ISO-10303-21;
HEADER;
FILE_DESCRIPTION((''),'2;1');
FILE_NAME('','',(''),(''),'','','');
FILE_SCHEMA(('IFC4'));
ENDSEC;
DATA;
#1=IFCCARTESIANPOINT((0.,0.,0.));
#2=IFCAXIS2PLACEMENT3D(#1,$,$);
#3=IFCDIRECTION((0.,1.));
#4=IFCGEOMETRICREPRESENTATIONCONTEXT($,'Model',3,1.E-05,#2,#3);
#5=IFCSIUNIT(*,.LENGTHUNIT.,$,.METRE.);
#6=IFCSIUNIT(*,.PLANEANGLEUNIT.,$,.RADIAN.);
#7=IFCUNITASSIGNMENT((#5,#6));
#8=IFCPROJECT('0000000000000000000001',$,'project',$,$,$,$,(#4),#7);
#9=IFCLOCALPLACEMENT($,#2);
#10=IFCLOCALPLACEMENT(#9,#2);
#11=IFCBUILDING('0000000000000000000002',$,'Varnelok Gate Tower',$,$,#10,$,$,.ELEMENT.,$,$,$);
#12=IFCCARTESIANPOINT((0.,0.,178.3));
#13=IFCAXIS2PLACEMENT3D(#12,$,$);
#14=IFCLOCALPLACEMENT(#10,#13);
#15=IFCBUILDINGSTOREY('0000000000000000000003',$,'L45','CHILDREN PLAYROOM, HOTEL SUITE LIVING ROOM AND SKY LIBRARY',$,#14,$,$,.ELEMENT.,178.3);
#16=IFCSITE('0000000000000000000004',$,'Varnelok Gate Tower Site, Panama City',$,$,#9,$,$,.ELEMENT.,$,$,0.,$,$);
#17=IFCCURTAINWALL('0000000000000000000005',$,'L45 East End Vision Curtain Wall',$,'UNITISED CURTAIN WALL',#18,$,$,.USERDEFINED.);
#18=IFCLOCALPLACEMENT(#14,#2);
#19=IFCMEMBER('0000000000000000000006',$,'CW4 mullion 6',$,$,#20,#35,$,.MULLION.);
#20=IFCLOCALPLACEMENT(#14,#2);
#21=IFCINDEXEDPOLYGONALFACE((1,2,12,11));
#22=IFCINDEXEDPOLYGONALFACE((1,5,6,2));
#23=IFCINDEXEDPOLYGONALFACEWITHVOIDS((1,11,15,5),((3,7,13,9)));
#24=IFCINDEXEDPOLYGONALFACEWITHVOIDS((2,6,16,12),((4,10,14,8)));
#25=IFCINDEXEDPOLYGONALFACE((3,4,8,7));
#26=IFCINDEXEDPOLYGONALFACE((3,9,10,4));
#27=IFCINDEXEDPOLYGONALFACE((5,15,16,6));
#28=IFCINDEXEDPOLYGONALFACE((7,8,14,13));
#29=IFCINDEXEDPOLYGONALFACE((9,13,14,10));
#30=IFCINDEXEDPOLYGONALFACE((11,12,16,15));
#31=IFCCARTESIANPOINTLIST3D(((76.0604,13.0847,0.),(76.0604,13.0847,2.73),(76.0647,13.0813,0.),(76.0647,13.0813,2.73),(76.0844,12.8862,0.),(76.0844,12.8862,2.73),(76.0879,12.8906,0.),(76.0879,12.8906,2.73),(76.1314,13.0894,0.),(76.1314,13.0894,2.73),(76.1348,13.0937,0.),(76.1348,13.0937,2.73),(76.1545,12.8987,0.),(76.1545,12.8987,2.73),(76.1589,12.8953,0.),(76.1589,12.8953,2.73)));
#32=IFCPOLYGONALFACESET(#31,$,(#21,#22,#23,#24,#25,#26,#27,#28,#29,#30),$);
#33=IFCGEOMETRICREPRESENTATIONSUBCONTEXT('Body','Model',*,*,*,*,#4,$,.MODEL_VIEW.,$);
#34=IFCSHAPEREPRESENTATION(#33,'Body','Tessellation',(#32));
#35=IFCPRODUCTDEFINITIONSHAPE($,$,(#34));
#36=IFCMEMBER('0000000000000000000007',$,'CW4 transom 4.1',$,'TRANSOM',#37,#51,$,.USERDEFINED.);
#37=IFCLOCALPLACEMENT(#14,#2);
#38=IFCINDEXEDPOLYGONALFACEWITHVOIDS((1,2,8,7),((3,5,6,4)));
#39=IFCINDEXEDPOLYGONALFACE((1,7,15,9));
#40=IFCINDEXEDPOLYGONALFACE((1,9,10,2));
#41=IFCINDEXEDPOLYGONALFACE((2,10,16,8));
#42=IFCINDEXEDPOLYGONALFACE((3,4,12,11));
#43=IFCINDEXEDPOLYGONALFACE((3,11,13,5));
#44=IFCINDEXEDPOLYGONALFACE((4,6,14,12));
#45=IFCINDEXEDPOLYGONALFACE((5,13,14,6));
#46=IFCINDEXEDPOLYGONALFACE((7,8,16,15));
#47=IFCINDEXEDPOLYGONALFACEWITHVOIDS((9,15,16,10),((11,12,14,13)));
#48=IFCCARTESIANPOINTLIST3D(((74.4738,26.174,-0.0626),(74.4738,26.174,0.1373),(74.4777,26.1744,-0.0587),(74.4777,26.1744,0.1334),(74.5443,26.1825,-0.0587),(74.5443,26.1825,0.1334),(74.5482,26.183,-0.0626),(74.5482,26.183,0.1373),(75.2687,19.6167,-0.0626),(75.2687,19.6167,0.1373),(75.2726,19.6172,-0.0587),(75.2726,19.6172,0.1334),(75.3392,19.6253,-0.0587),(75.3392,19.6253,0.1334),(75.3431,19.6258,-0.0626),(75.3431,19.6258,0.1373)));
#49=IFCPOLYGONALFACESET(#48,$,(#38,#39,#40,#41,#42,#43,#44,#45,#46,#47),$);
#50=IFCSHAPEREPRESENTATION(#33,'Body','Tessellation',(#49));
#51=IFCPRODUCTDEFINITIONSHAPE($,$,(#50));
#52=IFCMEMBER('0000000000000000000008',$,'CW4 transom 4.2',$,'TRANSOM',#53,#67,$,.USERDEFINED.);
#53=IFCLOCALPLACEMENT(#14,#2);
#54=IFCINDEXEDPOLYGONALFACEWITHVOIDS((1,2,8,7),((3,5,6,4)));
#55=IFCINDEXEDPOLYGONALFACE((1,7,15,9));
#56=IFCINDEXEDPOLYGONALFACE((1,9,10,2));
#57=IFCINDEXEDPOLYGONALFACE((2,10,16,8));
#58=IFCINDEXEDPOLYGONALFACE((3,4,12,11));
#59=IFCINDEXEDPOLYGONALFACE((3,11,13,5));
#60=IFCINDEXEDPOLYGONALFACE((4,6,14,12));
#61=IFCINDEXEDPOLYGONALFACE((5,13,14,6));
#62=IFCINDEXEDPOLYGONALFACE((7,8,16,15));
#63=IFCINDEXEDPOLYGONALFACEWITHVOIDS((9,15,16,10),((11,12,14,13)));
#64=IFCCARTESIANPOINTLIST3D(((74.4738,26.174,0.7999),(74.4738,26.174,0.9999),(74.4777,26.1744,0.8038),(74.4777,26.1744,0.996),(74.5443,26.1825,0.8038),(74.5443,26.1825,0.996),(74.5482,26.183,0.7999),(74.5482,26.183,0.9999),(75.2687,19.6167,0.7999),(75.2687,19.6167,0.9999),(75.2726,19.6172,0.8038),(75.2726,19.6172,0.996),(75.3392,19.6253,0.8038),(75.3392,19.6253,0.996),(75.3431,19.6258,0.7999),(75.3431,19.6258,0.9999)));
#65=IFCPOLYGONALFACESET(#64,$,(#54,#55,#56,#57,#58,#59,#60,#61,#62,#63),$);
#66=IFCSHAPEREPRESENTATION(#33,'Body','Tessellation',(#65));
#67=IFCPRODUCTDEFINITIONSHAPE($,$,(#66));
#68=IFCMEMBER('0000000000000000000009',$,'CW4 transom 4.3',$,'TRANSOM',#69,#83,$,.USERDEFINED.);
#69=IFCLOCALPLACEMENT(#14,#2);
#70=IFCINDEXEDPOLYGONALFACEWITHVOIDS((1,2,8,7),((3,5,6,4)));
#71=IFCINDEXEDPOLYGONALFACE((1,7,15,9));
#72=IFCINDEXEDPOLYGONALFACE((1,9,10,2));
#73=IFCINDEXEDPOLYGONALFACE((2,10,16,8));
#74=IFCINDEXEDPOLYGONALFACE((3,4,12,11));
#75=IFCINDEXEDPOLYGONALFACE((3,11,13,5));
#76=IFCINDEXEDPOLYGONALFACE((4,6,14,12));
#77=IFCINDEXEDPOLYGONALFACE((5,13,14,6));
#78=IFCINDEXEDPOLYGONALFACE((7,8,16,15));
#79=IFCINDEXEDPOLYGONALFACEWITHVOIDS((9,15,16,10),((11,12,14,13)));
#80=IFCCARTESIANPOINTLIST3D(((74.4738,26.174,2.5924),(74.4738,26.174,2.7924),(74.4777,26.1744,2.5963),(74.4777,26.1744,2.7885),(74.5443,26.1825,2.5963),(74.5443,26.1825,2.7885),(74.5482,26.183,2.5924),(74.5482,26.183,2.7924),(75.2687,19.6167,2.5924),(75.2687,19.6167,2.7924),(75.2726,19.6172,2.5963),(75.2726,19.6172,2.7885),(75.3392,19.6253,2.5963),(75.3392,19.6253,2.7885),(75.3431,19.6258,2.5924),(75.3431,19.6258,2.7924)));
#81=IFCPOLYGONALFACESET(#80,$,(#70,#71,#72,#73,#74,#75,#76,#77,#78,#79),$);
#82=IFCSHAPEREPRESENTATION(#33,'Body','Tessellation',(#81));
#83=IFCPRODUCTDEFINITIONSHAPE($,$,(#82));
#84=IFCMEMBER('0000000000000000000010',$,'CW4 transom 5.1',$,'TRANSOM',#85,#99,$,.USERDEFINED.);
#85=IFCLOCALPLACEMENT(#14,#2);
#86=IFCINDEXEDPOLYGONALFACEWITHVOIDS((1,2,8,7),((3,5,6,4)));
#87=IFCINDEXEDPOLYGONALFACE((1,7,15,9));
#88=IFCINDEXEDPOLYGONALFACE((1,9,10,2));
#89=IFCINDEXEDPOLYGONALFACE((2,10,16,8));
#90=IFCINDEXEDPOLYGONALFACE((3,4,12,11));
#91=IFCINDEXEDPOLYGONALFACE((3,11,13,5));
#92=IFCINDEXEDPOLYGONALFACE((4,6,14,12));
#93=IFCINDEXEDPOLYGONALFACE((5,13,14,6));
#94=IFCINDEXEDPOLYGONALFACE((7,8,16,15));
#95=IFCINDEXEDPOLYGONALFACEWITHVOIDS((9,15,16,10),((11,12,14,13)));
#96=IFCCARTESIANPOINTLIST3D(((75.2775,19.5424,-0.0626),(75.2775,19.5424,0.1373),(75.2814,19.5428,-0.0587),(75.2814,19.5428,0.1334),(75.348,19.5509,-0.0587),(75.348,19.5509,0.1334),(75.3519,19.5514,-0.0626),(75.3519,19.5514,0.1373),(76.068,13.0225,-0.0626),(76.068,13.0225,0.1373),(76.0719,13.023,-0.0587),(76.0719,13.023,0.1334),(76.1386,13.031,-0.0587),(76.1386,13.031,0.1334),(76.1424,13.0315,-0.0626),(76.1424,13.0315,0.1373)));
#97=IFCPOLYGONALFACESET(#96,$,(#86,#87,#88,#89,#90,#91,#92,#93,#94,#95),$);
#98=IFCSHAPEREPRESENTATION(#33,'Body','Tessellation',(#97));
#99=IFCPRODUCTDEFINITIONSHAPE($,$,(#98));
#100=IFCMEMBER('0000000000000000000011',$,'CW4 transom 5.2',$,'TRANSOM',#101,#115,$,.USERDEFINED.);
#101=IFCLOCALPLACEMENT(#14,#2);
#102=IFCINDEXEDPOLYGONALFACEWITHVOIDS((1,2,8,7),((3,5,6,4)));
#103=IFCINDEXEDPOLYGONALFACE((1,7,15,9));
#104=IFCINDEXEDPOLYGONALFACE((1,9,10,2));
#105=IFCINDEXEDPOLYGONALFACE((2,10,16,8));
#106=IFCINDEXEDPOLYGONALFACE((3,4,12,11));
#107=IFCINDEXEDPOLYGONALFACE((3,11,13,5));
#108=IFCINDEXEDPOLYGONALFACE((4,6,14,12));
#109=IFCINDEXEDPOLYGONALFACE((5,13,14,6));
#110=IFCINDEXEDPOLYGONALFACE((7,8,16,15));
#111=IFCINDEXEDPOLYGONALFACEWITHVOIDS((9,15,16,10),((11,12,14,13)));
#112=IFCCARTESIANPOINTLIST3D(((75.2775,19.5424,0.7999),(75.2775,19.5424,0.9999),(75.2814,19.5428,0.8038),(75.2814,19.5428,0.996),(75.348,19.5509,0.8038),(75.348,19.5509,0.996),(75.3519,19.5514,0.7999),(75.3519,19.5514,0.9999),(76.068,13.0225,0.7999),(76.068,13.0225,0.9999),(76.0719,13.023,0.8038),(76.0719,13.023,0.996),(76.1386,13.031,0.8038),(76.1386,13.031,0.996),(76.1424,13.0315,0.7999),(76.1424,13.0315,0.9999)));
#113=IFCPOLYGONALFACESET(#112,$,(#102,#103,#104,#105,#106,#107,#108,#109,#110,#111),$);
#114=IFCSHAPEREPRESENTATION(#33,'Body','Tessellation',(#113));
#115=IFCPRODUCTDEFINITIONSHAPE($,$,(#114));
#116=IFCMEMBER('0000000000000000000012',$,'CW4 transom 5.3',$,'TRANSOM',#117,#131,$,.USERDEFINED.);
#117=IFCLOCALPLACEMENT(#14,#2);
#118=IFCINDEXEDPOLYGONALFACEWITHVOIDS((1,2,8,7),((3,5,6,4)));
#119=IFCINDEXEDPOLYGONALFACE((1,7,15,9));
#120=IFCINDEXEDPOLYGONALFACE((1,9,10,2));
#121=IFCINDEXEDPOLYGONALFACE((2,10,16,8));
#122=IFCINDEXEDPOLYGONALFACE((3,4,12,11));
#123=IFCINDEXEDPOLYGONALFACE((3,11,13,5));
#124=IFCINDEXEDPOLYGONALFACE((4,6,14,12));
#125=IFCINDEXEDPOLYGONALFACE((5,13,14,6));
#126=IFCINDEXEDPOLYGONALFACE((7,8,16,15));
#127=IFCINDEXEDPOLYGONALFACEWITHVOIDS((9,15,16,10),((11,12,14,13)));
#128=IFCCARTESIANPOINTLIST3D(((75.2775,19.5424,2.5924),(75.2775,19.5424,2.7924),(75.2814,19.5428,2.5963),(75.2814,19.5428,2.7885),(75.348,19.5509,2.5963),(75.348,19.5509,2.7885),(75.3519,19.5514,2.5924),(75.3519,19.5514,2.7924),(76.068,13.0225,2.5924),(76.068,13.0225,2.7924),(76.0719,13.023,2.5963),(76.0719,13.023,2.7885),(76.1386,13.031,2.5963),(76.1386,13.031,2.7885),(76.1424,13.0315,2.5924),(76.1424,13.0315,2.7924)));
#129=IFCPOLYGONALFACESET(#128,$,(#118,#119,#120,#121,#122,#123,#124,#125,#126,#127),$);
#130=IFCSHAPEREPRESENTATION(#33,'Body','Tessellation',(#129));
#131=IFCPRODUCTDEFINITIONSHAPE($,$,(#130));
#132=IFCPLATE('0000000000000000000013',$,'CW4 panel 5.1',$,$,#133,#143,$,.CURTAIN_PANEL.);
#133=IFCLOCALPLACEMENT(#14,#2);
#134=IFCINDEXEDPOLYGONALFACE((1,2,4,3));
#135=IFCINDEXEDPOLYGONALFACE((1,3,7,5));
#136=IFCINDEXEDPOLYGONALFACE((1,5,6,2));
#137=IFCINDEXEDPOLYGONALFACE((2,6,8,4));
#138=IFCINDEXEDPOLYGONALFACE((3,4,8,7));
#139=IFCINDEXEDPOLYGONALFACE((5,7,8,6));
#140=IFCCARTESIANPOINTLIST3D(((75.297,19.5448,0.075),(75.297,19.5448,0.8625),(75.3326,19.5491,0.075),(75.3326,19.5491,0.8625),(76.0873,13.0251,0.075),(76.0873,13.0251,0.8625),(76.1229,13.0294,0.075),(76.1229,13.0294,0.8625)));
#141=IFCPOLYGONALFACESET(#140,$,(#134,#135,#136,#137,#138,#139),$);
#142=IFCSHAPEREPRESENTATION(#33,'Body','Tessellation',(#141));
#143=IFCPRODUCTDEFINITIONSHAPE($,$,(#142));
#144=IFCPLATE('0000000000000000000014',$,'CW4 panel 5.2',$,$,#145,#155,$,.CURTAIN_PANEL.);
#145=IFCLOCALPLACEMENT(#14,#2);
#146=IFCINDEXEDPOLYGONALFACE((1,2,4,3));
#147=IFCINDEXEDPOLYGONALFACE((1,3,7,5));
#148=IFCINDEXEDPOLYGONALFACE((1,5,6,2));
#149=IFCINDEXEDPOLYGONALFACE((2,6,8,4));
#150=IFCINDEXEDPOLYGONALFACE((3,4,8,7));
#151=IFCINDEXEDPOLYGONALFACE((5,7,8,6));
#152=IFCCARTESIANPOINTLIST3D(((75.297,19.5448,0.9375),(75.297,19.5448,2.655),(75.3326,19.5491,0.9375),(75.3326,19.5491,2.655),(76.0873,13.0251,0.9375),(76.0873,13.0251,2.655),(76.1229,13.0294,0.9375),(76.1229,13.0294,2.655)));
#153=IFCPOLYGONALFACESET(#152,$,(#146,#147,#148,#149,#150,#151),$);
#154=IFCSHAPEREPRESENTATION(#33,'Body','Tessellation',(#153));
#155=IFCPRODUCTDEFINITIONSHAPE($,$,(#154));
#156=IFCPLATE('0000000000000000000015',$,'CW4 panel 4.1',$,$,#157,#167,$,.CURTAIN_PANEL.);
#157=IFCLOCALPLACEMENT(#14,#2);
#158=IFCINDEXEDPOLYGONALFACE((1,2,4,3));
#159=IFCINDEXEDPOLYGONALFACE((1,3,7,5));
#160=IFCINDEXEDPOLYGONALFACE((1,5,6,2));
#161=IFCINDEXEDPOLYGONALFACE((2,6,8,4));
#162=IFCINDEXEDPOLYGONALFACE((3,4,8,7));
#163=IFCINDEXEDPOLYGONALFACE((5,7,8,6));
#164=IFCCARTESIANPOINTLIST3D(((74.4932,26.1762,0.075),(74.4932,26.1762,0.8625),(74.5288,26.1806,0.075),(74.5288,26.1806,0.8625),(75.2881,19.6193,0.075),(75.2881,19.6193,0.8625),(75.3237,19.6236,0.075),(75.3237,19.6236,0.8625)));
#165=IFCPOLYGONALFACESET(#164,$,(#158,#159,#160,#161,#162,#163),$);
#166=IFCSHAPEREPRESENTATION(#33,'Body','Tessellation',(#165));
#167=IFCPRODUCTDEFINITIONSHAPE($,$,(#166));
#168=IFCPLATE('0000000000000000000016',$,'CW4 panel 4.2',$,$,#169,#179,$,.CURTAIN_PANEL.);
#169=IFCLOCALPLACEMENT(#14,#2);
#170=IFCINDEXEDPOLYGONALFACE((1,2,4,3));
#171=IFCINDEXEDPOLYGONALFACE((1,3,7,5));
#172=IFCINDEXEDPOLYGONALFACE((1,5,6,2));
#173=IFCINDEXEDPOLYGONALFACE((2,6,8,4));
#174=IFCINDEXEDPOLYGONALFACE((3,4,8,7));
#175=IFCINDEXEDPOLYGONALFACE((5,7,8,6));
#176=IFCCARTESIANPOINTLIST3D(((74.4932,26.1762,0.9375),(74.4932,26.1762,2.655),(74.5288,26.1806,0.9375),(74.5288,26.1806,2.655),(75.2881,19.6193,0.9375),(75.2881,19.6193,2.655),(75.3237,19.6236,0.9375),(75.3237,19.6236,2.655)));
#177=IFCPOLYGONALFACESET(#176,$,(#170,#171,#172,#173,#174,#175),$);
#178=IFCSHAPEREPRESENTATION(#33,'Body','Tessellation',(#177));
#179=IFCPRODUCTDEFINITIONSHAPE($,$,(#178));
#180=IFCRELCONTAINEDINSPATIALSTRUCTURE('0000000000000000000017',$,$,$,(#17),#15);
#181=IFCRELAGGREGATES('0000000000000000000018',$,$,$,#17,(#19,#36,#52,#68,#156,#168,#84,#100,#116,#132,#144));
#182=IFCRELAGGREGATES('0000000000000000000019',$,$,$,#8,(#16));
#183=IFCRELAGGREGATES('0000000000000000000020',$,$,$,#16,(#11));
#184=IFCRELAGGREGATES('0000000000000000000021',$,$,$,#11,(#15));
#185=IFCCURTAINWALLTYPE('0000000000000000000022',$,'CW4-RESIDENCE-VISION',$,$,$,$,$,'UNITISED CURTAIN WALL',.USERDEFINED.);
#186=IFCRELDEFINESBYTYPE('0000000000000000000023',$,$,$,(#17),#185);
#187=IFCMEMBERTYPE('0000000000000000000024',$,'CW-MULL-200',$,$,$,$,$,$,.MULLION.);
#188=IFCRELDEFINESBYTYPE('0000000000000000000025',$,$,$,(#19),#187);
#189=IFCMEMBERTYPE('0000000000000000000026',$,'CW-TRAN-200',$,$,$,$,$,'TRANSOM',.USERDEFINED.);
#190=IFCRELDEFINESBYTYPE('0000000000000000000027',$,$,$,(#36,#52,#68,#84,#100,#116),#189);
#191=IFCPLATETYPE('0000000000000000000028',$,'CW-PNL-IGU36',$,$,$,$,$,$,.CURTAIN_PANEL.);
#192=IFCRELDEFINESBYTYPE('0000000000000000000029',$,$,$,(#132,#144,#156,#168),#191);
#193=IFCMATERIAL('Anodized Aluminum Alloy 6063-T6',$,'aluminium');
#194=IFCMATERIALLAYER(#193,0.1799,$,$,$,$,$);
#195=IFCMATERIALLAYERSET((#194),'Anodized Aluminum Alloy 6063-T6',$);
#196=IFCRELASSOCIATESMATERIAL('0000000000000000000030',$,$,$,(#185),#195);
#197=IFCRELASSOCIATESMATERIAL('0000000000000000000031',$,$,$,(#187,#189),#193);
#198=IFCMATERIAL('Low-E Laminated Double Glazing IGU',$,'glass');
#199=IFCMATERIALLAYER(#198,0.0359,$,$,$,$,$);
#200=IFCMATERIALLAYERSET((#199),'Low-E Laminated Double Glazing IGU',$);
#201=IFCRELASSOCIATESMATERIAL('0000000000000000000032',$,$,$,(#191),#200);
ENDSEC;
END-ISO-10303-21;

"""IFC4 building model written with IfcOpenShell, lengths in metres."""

from ifc_helpers import new_model, si_unit, direction, frame, origin, origin_2d, place, context, subcontext, project, spatial, rectangle, hollow_rectangle, extrude, source, transform, mapped, material, layer, layer_set, material_profile, profile_set, type_object, element, aggregate, save


model = new_model("IFC4")

# Units and contexts
model_context = context("Model", 3, precision=1e-05, world=origin(), true_north=direction((0.0, 1.0)))
body_context = subcontext(model_context, "Body", "Model", "MODEL_VIEW")
ifc_project = project(units=[si_unit("LENGTHUNIT", "METRE"), si_unit("PLANEANGLEUNIT", "RADIAN")], contexts=[model_context])

# Site, building, storey
site_placement = place(None, origin())
site = spatial("IfcSite", under=ifc_project, at=site_placement, Name="Varnelok Gate Tower Site, Panama City", CompositionType="ELEMENT", RefElevation=0.0)
building_placement = place(site_placement, origin())
building = spatial("IfcBuilding", under=site, at=building_placement, Name="Varnelok Gate Tower", CompositionType="ELEMENT")
storey_placement = place(building_placement, frame((0.0, 0.0, 178.3)))
storey = spatial("IfcBuildingStorey", under=building, at=storey_placement, Name="L45", Description="CHILDREN PLAYROOM, HOTEL SUITE LIVING ROOM AND SKY LIBRARY", CompositionType="ELEMENT", Elevation=178.3)

# Curtain wall, members, plates
ifc_material_1 = material(Name="Anodized Aluminum Alloy 6063-T6", Category="aluminium")
ifc_layer_1 = layer(ifc_material_1, 0.1799)
ifc_layer_set_1 = layer_set([ifc_layer_1], Name="Anodized Aluminum Alloy 6063-T6")
curtain_wall_type = type_object("IfcCurtainWallType", Name="CW4-RESIDENCE-VISION", ElementType="UNITISED CURTAIN WALL", PredefinedType="USERDEFINED", material=ifc_layer_set_1)
curtain_wall_placement = place(storey_placement, origin())
curtain_wall = element("IfcCurtainWall", 1, at=curtain_wall_placement, inside=storey, type_object=curtain_wall_type, Name="L45 East End Vision Curtain Wall", ObjectType="UNITISED CURTAIN WALL", PredefinedType="USERDEFINED")
ifc_material_profile_1 = material_profile(ifc_material_1, hollow_rectangle(XDim=0.075, YDim=0.2, WallThickness=0.0039, at=origin_2d()), Name="ALU200X75X4")
ifc_profile_set_1 = profile_set([ifc_material_profile_1], Name="Anodized Aluminum Alloy 6063-T6")
member_type_1 = type_object("IfcMemberType", Name="CW-MULL-200", PredefinedType="MULLION", material=ifc_profile_set_1)
member_1_placement = place(storey_placement, frame((76.1096, 12.99, 0.0), z_axis=(0.0, 0.0, 1.0), x_axis=(0.992732, 0.120345, 0.0)))
member_1 = element("IfcMember", 2, at=member_1_placement, type_object=member_type_1, Name="CW4 mullion 6", PredefinedType="MULLION", context=body_context, shape_type="SweptSolid", body=[
    extrude(hollow_rectangle(XDim=0.075, YDim=0.2, WallThickness=0.0039, at=origin_2d()), origin(), (0.0, 0.0, 1.0), 2.73),
])
ifc_material_profile_2 = material_profile(ifc_material_1, hollow_rectangle(XDim=0.075, YDim=0.2, WallThickness=0.0039, at=origin_2d()), Name="ALU200X75X4")
ifc_profile_set_2 = profile_set([ifc_material_profile_2], Name="Anodized Aluminum Alloy 6063-T6")
member_type_2 = type_object("IfcMemberType", Name="CW-TRAN-200", ElementType="TRANSOM", PredefinedType="USERDEFINED", material=ifc_profile_set_2)
member_2_placement = place(storey_placement, frame((74.511, 26.1785, 0.0374), z_axis=(0.120349, -0.992732, 0.0), x_axis=(0.992732, 0.120349, 0.0)))
member_2 = element("IfcMember", 3, at=member_2_placement, type_object=member_type_2, Name="CW4 transom 4.1", ObjectType="TRANSOM", PredefinedType="USERDEFINED", context=body_context, shape_type="SweptSolid", body=[
    extrude(hollow_rectangle(XDim=0.075, YDim=0.2, WallThickness=0.0039, at=origin_2d()), origin(), (0.0, 0.0, 1.0), 6.6052),
])
member_3_placement = place(storey_placement, frame((74.511, 26.1785, 0.8999), z_axis=(0.120349, -0.992732, 0.0), x_axis=(0.992732, 0.120349, 0.0)))
member_3 = element("IfcMember", 4, at=member_3_placement, type_object=member_type_2, Name="CW4 transom 4.2", ObjectType="TRANSOM", PredefinedType="USERDEFINED", context=body_context, shape_type="SweptSolid", body=[
    extrude(hollow_rectangle(XDim=0.075, YDim=0.2, WallThickness=0.0039, at=origin_2d()), origin(), (0.0, 0.0, 1.0), 6.6052),
])
member_4_placement = place(storey_placement, frame((74.511, 26.1785, 2.6924), z_axis=(0.120349, -0.992732, 0.0), x_axis=(0.992732, 0.120349, 0.0)))
member_4 = element("IfcMember", 5, at=member_4_placement, type_object=member_type_2, Name="CW4 transom 4.3", ObjectType="TRANSOM", PredefinedType="USERDEFINED", context=body_context, shape_type="SweptSolid", body=[
    extrude(hollow_rectangle(XDim=0.075, YDim=0.2, WallThickness=0.0039, at=origin_2d()), origin(), (0.0, 0.0, 1.0), 6.6052),
])
member_5_placement = place(storey_placement, frame((75.3147, 19.5469, 0.0374), z_axis=(0.120369, -0.992729, 0.0), x_axis=(0.992729, 0.120369, 0.0)))
member_5 = element("IfcMember", 6, at=member_5_placement, type_object=member_type_2, Name="CW4 transom 5.1", ObjectType="TRANSOM", PredefinedType="USERDEFINED", context=body_context, shape_type="SweptSolid", body=[
    extrude(hollow_rectangle(XDim=0.075, YDim=0.2, WallThickness=0.0039, at=origin_2d()), origin(), (0.0, 0.0, 1.0), 6.5676),
])
member_6_placement = place(storey_placement, frame((75.3147, 19.5469, 0.8999), z_axis=(0.120369, -0.992729, 0.0), x_axis=(0.992729, 0.120369, 0.0)))
member_6 = element("IfcMember", 7, at=member_6_placement, type_object=member_type_2, Name="CW4 transom 5.2", ObjectType="TRANSOM", PredefinedType="USERDEFINED", context=body_context, shape_type="SweptSolid", body=[
    extrude(hollow_rectangle(XDim=0.075, YDim=0.2, WallThickness=0.0039, at=origin_2d()), origin(), (0.0, 0.0, 1.0), 6.5676),
])
member_7_placement = place(storey_placement, frame((75.3147, 19.5469, 2.6924), z_axis=(0.120369, -0.992729, 0.0), x_axis=(0.992729, 0.120369, 0.0)))
member_7 = element("IfcMember", 8, at=member_7_placement, type_object=member_type_2, Name="CW4 transom 5.3", ObjectType="TRANSOM", PredefinedType="USERDEFINED", context=body_context, shape_type="SweptSolid", body=[
    extrude(hollow_rectangle(XDim=0.075, YDim=0.2, WallThickness=0.0039, at=origin_2d()), origin(), (0.0, 0.0, 1.0), 6.5676),
])
ifc_material_2 = material(Name="Low-E Laminated Double Glazing IGU", Category="glass")
ifc_layer_2 = layer(ifc_material_2, 0.0359)
ifc_layer_set_2 = layer_set([ifc_layer_2], Name="Low-E Laminated Double Glazing IGU")
plate_type = type_object("IfcPlateType", Name="CW-PNL-IGU36", PredefinedType="CURTAIN_PANEL", material=ifc_layer_set_2)
shared_shape_1 = source(origin(), body_context, "Body", "SweptSolid", [
    extrude(rectangle(XDim=6.5674, YDim=0.0359, at=origin_2d()), origin(), (0.0, 0.0, 1.0), 0.7876),
])
plate_1_placement = place(storey_placement, frame((75.71, 16.2871, 0.075), z_axis=(0.0, 0.0, 1.0), x_axis=(0.120345, -0.992732, 0.0)))
plate_1 = element("IfcPlate", 9, at=plate_1_placement, type_object=plate_type, Name="CW4 panel 5.1", PredefinedType="CURTAIN_PANEL", context=body_context, shape_type="MappedRepresentation", body=[
    mapped(shared_shape_1, transform((0.0, 0.0, 0.0), scale=1.0)),
])
shared_shape_2 = source(origin(), body_context, "Body", "SweptSolid", [
    extrude(rectangle(XDim=6.5674, YDim=0.0359, at=origin_2d()), origin(), (0.0, 0.0, 1.0), 1.7175),
])
plate_2_placement = place(storey_placement, frame((75.71, 16.2871, 0.9375), z_axis=(0.0, 0.0, 1.0), x_axis=(0.120345, -0.992732, 0.0)))
plate_2 = element("IfcPlate", 10, at=plate_2_placement, type_object=plate_type, Name="CW4 panel 5.2", PredefinedType="CURTAIN_PANEL", context=body_context, shape_type="MappedRepresentation", body=[
    mapped(shared_shape_2, transform((0.0, 0.0, 0.0), scale=1.0)),
])
shared_shape_3 = source(origin(), body_context, "Body", "SweptSolid", [
    extrude(rectangle(XDim=6.605, YDim=0.0359, at=origin_2d()), origin(), (0.0, 0.0, 1.0), 0.7876),
])
plate_3_placement = place(storey_placement, frame((74.9084, 22.8999, 0.075), z_axis=(0.0, 0.0, 1.0), x_axis=(0.120345, -0.992732, 0.0)))
plate_3 = element("IfcPlate", 11, at=plate_3_placement, type_object=plate_type, Name="CW4 panel 4.1", PredefinedType="CURTAIN_PANEL", context=body_context, shape_type="MappedRepresentation", body=[
    mapped(shared_shape_3, transform((0.0, 0.0, 0.0), scale=1.0)),
])
shared_shape_4 = source(origin(), body_context, "Body", "SweptSolid", [
    extrude(rectangle(XDim=6.605, YDim=0.0359, at=origin_2d()), origin(), (0.0, 0.0, 1.0), 1.7175),
])
plate_4_placement = place(storey_placement, frame((74.9084, 22.8999, 0.9375), z_axis=(0.0, 0.0, 1.0), x_axis=(0.120345, -0.992732, 0.0)))
plate_4 = element("IfcPlate", 12, at=plate_4_placement, type_object=plate_type, Name="CW4 panel 4.2", PredefinedType="CURTAIN_PANEL", context=body_context, shape_type="MappedRepresentation", body=[
    mapped(shared_shape_4, transform((0.0, 0.0, 0.0), scale=1.0)),
])
aggregate(curtain_wall, [member_1, member_2, member_3, member_4, plate_3, plate_4, member_5, member_6, member_7, plate_1, plate_2])

save(model, "model.ifc")
